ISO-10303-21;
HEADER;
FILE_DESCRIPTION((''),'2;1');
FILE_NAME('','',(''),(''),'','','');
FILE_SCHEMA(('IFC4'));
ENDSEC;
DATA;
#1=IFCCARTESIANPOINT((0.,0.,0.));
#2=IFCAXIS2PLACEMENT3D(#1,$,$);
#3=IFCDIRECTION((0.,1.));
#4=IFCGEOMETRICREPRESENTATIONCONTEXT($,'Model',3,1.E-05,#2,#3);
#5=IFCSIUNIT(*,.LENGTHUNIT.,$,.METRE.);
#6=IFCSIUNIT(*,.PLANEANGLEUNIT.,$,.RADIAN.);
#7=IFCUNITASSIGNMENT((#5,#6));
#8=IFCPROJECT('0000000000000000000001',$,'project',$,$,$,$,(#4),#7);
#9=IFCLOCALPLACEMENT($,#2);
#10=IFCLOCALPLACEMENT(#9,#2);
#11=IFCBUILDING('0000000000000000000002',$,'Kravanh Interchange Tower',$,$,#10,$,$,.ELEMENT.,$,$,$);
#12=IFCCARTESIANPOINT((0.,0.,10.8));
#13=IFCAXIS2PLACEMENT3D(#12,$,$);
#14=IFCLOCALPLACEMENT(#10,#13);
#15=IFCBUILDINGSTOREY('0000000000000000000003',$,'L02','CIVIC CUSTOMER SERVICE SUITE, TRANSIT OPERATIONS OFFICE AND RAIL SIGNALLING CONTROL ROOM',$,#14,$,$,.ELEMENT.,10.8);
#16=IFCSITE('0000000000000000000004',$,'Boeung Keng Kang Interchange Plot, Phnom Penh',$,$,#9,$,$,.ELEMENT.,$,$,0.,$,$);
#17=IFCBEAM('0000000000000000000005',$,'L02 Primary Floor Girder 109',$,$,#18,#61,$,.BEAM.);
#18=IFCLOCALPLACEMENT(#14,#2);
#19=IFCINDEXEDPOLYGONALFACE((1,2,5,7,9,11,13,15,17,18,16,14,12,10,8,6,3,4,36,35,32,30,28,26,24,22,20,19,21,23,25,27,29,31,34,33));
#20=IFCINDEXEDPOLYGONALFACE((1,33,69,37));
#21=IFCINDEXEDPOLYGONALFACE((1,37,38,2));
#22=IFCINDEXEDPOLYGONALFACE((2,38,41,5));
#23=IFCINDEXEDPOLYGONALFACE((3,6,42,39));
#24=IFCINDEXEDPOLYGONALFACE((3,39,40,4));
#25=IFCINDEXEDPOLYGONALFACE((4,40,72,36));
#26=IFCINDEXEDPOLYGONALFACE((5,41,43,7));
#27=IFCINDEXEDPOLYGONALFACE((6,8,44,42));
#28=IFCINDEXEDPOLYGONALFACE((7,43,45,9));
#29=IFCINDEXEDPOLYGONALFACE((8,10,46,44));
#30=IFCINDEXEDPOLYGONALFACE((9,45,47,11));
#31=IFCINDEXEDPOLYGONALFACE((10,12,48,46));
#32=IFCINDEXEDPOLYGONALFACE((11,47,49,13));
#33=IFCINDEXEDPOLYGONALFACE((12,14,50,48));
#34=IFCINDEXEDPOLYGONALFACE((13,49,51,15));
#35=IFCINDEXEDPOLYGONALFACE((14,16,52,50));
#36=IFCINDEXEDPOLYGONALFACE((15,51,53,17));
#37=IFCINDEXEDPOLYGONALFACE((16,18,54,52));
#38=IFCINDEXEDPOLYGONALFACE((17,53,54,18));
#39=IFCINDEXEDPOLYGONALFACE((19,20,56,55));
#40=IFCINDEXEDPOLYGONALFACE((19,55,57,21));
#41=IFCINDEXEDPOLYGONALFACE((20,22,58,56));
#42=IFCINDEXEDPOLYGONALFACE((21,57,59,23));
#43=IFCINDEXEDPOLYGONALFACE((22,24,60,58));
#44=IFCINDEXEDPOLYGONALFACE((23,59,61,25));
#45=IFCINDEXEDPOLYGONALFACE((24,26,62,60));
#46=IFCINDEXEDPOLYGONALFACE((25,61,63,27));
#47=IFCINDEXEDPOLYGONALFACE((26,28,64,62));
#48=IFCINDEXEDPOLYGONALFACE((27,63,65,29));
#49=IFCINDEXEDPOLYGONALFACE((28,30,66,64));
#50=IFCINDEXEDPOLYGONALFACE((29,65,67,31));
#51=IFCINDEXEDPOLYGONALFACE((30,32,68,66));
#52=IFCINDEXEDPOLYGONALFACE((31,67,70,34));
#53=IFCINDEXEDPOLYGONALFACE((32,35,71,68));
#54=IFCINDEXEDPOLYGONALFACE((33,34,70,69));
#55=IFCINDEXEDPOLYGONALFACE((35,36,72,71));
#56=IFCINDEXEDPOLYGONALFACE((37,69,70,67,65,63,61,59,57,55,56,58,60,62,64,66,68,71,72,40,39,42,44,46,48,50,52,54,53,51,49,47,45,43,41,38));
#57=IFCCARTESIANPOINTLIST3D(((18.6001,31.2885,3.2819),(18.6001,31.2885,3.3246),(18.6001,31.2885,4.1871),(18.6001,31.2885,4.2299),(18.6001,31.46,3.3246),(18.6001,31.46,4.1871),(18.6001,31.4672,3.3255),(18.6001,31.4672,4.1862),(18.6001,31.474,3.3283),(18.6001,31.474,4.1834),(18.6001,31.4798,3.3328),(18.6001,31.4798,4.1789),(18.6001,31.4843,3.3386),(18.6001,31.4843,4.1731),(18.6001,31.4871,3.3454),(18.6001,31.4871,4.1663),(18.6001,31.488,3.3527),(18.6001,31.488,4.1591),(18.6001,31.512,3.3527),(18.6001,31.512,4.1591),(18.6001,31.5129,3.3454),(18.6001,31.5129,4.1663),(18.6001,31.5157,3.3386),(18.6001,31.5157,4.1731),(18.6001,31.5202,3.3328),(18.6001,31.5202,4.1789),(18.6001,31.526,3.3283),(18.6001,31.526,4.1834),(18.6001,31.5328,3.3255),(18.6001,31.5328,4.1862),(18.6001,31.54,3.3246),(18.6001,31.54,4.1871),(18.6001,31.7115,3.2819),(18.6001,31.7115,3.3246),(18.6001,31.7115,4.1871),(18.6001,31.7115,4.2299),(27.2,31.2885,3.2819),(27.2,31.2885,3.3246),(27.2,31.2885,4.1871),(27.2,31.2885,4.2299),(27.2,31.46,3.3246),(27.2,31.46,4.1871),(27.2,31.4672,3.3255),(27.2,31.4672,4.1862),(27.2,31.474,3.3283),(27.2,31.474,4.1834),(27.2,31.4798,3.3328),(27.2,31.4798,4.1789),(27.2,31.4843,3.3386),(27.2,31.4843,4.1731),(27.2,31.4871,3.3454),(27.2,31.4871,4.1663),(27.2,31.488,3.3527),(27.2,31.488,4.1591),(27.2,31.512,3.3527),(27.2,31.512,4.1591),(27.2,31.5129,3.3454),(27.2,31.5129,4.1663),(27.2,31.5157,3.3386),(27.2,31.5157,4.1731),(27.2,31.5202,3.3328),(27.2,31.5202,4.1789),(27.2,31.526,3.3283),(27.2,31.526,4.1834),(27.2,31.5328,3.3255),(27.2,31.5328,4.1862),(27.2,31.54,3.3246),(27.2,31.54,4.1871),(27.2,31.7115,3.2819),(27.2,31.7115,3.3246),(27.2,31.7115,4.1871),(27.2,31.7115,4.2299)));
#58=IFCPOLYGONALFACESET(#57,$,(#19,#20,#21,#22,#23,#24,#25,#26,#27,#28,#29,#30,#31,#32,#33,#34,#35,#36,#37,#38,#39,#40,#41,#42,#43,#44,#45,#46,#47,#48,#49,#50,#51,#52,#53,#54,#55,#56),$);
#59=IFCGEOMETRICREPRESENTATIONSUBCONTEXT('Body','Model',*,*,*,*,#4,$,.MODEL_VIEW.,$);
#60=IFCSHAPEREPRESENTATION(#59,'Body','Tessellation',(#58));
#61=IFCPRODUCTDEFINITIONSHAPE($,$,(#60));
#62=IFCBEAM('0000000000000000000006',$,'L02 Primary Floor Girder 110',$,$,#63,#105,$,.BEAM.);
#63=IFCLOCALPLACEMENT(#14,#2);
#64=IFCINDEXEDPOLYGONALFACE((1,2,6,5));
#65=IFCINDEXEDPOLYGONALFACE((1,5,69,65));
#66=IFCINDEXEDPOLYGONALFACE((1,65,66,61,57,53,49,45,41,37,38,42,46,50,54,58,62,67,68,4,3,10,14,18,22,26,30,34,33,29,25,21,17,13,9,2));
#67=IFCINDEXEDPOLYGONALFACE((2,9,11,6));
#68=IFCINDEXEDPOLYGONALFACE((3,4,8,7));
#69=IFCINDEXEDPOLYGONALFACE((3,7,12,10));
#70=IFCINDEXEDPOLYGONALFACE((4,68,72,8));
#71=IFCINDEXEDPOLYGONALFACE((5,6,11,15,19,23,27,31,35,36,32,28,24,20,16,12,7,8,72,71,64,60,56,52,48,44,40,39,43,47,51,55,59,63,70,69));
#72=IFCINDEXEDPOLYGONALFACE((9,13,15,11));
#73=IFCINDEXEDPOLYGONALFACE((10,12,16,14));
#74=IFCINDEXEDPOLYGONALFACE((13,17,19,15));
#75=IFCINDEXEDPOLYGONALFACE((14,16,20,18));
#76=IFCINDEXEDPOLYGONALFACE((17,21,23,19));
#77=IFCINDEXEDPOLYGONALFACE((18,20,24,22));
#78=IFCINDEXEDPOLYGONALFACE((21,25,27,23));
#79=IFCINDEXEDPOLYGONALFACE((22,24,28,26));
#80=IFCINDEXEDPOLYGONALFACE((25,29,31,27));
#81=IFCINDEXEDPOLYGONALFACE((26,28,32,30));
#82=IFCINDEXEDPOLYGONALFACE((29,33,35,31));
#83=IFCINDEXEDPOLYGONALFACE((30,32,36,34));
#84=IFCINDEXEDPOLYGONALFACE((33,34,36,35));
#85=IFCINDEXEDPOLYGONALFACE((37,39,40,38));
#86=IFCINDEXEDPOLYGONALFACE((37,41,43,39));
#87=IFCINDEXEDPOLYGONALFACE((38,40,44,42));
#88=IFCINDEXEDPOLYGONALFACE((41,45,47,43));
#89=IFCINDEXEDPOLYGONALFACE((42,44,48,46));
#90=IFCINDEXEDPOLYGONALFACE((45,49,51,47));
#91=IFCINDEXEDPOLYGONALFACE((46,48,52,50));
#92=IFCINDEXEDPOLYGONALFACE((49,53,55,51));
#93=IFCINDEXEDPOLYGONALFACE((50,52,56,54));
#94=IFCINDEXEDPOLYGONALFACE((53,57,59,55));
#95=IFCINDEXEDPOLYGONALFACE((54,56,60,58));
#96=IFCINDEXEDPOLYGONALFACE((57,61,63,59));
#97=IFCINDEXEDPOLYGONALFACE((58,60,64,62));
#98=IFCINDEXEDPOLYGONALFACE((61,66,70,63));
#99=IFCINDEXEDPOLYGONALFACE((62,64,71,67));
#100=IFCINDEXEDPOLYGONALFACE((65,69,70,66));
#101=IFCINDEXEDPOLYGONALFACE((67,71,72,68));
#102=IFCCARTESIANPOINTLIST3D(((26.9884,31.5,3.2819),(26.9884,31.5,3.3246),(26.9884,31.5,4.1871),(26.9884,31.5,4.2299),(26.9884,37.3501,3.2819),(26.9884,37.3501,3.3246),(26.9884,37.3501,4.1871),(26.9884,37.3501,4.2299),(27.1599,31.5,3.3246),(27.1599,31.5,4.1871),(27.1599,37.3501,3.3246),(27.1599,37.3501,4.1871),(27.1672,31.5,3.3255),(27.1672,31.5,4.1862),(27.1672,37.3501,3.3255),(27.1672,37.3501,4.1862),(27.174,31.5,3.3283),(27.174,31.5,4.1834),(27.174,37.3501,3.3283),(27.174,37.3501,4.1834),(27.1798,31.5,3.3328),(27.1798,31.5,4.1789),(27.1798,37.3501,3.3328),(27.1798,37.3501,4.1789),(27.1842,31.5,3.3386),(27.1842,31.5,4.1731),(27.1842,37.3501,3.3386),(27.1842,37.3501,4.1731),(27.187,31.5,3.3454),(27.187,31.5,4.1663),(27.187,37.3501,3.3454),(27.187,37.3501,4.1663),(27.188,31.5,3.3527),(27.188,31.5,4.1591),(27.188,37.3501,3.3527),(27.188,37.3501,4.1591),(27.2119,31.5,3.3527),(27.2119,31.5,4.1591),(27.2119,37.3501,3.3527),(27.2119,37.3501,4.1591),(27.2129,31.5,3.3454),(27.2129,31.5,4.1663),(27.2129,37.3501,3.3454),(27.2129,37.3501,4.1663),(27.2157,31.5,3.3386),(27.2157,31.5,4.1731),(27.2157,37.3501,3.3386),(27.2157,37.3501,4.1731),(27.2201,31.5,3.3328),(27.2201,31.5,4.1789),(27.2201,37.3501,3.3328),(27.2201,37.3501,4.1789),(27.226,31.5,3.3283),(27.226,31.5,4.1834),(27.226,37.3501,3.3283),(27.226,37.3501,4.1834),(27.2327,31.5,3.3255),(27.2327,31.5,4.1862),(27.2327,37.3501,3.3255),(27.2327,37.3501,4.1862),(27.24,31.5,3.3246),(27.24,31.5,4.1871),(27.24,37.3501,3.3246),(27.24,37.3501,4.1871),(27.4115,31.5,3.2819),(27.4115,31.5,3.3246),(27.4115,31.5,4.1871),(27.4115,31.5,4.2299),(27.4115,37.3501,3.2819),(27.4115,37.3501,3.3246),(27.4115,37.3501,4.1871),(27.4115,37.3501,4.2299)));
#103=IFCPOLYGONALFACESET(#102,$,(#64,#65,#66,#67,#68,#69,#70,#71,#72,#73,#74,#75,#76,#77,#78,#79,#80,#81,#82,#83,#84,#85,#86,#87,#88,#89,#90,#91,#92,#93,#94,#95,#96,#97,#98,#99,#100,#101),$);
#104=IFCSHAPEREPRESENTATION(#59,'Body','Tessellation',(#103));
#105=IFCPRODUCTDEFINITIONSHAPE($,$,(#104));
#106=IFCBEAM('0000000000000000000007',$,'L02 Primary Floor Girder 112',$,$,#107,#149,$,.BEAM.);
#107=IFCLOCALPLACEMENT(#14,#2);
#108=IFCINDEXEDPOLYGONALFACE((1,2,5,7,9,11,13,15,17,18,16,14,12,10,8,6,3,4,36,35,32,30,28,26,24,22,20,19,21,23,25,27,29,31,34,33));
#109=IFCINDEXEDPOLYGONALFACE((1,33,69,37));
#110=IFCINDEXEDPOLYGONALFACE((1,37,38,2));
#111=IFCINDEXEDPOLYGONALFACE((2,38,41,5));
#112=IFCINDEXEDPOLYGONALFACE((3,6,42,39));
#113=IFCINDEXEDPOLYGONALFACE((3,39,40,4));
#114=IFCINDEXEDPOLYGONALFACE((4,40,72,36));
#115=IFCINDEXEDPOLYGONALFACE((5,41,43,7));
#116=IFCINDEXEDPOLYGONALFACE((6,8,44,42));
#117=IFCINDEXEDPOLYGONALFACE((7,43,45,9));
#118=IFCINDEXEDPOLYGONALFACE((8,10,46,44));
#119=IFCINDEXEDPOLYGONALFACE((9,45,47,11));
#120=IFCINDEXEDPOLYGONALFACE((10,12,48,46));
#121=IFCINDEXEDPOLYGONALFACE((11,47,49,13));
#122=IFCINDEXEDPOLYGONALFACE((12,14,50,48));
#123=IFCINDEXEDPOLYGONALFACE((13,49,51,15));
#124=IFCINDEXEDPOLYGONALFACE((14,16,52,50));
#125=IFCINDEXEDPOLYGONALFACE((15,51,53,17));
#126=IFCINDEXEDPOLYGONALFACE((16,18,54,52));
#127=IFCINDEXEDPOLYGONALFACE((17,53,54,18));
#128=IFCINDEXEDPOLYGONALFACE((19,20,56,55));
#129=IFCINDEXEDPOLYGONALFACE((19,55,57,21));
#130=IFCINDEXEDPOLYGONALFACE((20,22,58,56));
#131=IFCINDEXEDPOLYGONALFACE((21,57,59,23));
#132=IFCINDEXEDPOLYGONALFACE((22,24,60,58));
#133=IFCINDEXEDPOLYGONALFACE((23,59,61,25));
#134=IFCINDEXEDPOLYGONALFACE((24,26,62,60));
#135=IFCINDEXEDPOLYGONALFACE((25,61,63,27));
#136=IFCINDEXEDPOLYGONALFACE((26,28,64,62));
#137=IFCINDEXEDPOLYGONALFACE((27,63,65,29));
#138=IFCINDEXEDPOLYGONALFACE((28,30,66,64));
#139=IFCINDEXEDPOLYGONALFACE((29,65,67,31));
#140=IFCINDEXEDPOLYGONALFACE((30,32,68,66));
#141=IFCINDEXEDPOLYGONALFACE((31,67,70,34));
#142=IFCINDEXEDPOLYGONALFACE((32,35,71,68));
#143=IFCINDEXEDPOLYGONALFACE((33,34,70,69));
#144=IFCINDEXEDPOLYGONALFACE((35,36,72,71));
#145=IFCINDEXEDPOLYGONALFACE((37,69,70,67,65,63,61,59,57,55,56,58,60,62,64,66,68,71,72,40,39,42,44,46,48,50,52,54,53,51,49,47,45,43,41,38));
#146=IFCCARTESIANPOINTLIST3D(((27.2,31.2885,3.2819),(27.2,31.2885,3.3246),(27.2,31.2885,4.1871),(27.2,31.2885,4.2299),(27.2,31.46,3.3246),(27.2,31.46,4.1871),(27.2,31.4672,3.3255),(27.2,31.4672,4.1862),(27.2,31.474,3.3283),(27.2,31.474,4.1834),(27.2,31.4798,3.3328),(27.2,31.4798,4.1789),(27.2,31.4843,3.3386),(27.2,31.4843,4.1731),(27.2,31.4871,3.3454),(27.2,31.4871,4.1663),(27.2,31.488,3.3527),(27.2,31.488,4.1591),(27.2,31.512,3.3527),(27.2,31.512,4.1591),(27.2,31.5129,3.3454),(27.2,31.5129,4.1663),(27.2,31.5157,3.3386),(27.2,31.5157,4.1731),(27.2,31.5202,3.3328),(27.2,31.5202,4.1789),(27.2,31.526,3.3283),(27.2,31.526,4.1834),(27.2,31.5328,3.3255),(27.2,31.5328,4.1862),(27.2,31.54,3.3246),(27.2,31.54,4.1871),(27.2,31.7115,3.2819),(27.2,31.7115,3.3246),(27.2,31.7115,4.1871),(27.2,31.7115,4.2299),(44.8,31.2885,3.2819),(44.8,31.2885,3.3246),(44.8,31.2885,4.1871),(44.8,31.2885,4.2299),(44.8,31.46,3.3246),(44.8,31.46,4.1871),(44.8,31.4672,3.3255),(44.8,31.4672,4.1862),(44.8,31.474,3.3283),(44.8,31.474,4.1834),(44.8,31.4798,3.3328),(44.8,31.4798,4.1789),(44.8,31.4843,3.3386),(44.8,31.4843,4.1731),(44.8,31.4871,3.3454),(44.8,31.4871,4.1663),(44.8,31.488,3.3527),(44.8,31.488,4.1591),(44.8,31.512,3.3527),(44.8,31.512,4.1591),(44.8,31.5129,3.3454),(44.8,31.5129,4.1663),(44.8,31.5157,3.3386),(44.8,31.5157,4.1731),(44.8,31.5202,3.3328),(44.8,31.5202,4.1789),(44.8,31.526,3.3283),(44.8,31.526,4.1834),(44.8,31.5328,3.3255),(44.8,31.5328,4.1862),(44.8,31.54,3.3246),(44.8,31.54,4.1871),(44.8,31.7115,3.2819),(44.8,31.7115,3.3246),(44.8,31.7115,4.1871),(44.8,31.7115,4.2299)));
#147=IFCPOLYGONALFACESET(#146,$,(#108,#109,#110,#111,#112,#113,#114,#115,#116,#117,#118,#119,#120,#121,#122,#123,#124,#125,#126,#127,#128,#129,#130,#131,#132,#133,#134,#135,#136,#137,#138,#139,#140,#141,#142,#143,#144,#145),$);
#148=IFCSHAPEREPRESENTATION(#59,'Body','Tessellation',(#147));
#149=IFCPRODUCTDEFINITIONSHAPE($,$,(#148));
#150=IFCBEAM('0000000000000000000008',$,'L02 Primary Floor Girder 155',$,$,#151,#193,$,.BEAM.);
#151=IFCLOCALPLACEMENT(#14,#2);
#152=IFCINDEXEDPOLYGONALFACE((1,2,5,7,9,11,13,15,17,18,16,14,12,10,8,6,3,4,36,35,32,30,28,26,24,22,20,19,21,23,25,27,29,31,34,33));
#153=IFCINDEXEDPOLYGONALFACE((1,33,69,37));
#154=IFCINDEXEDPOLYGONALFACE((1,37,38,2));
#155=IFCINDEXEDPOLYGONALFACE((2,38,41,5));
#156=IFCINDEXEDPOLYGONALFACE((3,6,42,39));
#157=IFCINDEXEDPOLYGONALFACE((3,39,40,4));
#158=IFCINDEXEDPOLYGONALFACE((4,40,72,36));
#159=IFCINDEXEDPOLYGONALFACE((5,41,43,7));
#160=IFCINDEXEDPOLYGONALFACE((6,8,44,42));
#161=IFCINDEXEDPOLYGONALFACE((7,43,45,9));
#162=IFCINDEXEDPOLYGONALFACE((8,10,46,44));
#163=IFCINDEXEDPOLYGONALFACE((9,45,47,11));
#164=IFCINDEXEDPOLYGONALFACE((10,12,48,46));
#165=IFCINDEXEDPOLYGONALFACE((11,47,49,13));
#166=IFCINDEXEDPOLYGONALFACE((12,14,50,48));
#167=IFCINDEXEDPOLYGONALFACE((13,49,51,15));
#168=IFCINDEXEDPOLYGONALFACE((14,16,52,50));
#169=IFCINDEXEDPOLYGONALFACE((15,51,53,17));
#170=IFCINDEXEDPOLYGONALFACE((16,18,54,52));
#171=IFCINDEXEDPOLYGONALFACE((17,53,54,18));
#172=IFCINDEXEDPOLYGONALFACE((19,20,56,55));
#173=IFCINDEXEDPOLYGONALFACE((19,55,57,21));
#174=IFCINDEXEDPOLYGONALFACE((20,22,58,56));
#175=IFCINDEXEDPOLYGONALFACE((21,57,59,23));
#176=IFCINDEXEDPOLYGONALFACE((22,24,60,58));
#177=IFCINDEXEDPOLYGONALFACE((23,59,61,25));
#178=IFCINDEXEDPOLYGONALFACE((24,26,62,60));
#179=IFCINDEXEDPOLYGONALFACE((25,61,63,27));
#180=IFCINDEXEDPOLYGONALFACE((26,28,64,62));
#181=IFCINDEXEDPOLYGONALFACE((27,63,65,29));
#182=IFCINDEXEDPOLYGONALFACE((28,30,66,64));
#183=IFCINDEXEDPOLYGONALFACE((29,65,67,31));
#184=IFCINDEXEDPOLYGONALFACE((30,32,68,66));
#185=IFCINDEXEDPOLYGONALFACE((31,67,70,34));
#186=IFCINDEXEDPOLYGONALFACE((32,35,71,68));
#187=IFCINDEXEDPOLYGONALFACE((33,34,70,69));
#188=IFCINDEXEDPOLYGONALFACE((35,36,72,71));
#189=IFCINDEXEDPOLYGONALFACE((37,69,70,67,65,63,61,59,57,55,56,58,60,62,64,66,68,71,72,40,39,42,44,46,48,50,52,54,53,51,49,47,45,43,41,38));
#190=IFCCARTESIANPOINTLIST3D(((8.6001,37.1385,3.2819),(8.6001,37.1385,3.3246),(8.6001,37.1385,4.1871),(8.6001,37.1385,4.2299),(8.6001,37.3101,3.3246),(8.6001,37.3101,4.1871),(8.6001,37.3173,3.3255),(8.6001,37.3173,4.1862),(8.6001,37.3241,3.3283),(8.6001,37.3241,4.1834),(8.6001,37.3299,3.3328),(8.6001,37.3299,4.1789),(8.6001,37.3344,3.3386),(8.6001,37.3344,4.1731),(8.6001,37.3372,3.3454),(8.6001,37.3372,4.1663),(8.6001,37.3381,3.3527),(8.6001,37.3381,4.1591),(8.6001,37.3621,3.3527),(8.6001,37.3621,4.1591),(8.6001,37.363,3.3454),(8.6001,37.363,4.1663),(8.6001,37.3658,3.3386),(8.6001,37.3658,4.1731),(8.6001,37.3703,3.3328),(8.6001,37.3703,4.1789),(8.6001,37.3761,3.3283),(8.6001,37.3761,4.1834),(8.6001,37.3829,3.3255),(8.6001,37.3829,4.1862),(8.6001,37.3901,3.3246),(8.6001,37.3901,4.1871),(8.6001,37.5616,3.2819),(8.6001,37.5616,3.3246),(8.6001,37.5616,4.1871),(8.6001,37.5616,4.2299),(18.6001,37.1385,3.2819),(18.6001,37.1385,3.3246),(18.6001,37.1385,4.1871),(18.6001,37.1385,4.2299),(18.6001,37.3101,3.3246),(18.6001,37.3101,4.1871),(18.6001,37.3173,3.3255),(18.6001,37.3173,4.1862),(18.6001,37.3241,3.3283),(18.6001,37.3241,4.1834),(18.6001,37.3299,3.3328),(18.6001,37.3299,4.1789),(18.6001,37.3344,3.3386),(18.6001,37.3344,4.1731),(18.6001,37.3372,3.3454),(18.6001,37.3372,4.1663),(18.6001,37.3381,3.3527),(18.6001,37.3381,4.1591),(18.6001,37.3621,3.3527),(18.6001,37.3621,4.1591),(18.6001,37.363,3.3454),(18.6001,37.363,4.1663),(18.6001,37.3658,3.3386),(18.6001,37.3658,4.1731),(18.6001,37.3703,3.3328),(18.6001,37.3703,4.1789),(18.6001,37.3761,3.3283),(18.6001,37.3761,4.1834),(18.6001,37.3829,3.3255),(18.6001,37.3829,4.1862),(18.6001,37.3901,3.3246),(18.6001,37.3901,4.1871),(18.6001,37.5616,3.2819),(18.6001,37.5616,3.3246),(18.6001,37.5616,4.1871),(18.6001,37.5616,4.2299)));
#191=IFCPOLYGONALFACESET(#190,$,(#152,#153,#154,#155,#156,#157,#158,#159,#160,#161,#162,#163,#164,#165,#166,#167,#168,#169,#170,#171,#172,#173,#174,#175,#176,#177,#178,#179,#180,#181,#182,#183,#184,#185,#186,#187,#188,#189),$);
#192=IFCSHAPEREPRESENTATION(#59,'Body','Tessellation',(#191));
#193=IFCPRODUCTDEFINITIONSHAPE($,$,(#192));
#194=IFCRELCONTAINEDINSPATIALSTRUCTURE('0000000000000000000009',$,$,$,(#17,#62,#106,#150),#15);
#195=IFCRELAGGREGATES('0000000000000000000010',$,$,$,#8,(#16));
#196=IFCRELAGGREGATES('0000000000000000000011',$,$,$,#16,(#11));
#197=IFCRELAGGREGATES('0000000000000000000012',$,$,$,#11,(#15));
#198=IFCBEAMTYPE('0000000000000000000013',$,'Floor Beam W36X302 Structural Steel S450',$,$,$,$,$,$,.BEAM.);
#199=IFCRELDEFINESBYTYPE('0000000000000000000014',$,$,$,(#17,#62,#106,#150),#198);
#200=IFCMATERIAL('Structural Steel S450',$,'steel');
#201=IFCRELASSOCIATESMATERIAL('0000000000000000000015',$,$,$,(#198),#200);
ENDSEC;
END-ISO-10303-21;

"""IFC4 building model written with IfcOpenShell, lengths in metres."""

from ifc_helpers import new_model, si_unit, direction, frame, origin, origin_2d, place, context, subcontext, project, spatial, i_section, extrude, material, material_profile, profile_set, type_object, element, save


model = new_model("IFC4")

# Units and contexts
model_context = context("Model", 3, precision=1e-05, world=origin(), true_north=direction((0.0, 1.0)))
body_context = subcontext(model_context, "Body", "Model", "MODEL_VIEW")
ifc_project = project(units=[si_unit("LENGTHUNIT", "METRE"), si_unit("PLANEANGLEUNIT", "RADIAN")], contexts=[model_context])

# Site, building, storey
site_placement = place(None, origin())
site = spatial("IfcSite", under=ifc_project, at=site_placement, Name="Boeung Keng Kang Interchange Plot, Phnom Penh", CompositionType="ELEMENT", RefElevation=0.0)
building_placement = place(site_placement, origin())
building = spatial("IfcBuilding", under=site, at=building_placement, Name="Kravanh Interchange Tower", CompositionType="ELEMENT")
storey_placement = place(building_placement, frame((0.0, 0.0, 10.8)))
storey = spatial("IfcBuildingStorey", under=building, at=storey_placement, Name="L02", Description="CIVIC CUSTOMER SERVICE SUITE, TRANSIT OPERATIONS OFFICE AND RAIL SIGNALLING CONTROL ROOM", CompositionType="ELEMENT", Elevation=10.8)

# Beams
ifc_material_1 = material(Name="Structural Steel S450", Category="steel")
ifc_material_profile_1 = material_profile(ifc_material_1, i_section(OverallWidth=0.4231, OverallDepth=0.948, WebThickness=0.0239, FlangeThickness=0.0427, FilletRadius=0.0281, at=origin_2d()), Name="W36X302")
ifc_profile_set_1 = profile_set([ifc_material_profile_1], Name="Structural Steel S450")
beam_type_1 = type_object("IfcBeamType", Name="Floor Beam W36X302 Structural Steel S450", PredefinedType="BEAM", material=ifc_profile_set_1)
beam_1_placement = place(storey_placement, frame((18.6001, 31.5, 3.7559), z_axis=(1.0, 0.0, 0.0), x_axis=(0.0, 1.0, 0.0)))
element("IfcBeam", 1, at=beam_1_placement, inside=storey, type_object=beam_type_1, Name="L02 Primary Floor Girder 109", PredefinedType="BEAM", context=body_context, shape_type="SweptSolid", body=[
    extrude(i_section(OverallWidth=0.4231, OverallDepth=0.948, WebThickness=0.0239, FlangeThickness=0.0427, FilletRadius=0.0281, at=origin_2d()), origin(), (0.0, 0.0, 1.0), 8.5999),
])
beam_2_placement = place(storey_placement, frame((27.2, 31.5, 3.7559), z_axis=(0.0, 1.0, 0.0), x_axis=(-1.0, 0.0, 0.0)))
element("IfcBeam", 2, at=beam_2_placement, inside=storey, type_object=beam_type_1, Name="L02 Primary Floor Girder 110", PredefinedType="BEAM", context=body_context, shape_type="SweptSolid", body=[
    extrude(i_section(OverallWidth=0.4231, OverallDepth=0.948, WebThickness=0.0239, FlangeThickness=0.0427, FilletRadius=0.0281, at=origin_2d()), origin(), (0.0, 0.0, 1.0), 5.8501),
])
beam_3_placement = place(storey_placement, frame((27.2, 31.5, 3.7559), z_axis=(1.0, 0.0, 0.0), x_axis=(0.0, 1.0, 0.0)))
element("IfcBeam", 3, at=beam_3_placement, inside=storey, type_object=beam_type_1, Name="L02 Primary Floor Girder 112", PredefinedType="BEAM", context=body_context, shape_type="SweptSolid", body=[
    extrude(i_section(OverallWidth=0.4231, OverallDepth=0.948, WebThickness=0.0239, FlangeThickness=0.0427, FilletRadius=0.0281, at=origin_2d()), origin(), (0.0, 0.0, 1.0), 17.6001),
])
beam_4_placement = place(storey_placement, frame((18.6001, 37.3501, 3.7559), z_axis=(-1.0, 0.0, 0.0), x_axis=(0.0, -1.0, 0.0)))
element("IfcBeam", 4, at=beam_4_placement, inside=storey, type_object=beam_type_1, Name="L02 Primary Floor Girder 155", PredefinedType="BEAM", context=body_context, shape_type="SweptSolid", body=[
    extrude(i_section(OverallWidth=0.4231, OverallDepth=0.948, WebThickness=0.0239, FlangeThickness=0.0427, FilletRadius=0.0281, at=origin_2d()), origin(), (0.0, 0.0, 1.0), 10.0),
])

save(model, "model.ifc")
